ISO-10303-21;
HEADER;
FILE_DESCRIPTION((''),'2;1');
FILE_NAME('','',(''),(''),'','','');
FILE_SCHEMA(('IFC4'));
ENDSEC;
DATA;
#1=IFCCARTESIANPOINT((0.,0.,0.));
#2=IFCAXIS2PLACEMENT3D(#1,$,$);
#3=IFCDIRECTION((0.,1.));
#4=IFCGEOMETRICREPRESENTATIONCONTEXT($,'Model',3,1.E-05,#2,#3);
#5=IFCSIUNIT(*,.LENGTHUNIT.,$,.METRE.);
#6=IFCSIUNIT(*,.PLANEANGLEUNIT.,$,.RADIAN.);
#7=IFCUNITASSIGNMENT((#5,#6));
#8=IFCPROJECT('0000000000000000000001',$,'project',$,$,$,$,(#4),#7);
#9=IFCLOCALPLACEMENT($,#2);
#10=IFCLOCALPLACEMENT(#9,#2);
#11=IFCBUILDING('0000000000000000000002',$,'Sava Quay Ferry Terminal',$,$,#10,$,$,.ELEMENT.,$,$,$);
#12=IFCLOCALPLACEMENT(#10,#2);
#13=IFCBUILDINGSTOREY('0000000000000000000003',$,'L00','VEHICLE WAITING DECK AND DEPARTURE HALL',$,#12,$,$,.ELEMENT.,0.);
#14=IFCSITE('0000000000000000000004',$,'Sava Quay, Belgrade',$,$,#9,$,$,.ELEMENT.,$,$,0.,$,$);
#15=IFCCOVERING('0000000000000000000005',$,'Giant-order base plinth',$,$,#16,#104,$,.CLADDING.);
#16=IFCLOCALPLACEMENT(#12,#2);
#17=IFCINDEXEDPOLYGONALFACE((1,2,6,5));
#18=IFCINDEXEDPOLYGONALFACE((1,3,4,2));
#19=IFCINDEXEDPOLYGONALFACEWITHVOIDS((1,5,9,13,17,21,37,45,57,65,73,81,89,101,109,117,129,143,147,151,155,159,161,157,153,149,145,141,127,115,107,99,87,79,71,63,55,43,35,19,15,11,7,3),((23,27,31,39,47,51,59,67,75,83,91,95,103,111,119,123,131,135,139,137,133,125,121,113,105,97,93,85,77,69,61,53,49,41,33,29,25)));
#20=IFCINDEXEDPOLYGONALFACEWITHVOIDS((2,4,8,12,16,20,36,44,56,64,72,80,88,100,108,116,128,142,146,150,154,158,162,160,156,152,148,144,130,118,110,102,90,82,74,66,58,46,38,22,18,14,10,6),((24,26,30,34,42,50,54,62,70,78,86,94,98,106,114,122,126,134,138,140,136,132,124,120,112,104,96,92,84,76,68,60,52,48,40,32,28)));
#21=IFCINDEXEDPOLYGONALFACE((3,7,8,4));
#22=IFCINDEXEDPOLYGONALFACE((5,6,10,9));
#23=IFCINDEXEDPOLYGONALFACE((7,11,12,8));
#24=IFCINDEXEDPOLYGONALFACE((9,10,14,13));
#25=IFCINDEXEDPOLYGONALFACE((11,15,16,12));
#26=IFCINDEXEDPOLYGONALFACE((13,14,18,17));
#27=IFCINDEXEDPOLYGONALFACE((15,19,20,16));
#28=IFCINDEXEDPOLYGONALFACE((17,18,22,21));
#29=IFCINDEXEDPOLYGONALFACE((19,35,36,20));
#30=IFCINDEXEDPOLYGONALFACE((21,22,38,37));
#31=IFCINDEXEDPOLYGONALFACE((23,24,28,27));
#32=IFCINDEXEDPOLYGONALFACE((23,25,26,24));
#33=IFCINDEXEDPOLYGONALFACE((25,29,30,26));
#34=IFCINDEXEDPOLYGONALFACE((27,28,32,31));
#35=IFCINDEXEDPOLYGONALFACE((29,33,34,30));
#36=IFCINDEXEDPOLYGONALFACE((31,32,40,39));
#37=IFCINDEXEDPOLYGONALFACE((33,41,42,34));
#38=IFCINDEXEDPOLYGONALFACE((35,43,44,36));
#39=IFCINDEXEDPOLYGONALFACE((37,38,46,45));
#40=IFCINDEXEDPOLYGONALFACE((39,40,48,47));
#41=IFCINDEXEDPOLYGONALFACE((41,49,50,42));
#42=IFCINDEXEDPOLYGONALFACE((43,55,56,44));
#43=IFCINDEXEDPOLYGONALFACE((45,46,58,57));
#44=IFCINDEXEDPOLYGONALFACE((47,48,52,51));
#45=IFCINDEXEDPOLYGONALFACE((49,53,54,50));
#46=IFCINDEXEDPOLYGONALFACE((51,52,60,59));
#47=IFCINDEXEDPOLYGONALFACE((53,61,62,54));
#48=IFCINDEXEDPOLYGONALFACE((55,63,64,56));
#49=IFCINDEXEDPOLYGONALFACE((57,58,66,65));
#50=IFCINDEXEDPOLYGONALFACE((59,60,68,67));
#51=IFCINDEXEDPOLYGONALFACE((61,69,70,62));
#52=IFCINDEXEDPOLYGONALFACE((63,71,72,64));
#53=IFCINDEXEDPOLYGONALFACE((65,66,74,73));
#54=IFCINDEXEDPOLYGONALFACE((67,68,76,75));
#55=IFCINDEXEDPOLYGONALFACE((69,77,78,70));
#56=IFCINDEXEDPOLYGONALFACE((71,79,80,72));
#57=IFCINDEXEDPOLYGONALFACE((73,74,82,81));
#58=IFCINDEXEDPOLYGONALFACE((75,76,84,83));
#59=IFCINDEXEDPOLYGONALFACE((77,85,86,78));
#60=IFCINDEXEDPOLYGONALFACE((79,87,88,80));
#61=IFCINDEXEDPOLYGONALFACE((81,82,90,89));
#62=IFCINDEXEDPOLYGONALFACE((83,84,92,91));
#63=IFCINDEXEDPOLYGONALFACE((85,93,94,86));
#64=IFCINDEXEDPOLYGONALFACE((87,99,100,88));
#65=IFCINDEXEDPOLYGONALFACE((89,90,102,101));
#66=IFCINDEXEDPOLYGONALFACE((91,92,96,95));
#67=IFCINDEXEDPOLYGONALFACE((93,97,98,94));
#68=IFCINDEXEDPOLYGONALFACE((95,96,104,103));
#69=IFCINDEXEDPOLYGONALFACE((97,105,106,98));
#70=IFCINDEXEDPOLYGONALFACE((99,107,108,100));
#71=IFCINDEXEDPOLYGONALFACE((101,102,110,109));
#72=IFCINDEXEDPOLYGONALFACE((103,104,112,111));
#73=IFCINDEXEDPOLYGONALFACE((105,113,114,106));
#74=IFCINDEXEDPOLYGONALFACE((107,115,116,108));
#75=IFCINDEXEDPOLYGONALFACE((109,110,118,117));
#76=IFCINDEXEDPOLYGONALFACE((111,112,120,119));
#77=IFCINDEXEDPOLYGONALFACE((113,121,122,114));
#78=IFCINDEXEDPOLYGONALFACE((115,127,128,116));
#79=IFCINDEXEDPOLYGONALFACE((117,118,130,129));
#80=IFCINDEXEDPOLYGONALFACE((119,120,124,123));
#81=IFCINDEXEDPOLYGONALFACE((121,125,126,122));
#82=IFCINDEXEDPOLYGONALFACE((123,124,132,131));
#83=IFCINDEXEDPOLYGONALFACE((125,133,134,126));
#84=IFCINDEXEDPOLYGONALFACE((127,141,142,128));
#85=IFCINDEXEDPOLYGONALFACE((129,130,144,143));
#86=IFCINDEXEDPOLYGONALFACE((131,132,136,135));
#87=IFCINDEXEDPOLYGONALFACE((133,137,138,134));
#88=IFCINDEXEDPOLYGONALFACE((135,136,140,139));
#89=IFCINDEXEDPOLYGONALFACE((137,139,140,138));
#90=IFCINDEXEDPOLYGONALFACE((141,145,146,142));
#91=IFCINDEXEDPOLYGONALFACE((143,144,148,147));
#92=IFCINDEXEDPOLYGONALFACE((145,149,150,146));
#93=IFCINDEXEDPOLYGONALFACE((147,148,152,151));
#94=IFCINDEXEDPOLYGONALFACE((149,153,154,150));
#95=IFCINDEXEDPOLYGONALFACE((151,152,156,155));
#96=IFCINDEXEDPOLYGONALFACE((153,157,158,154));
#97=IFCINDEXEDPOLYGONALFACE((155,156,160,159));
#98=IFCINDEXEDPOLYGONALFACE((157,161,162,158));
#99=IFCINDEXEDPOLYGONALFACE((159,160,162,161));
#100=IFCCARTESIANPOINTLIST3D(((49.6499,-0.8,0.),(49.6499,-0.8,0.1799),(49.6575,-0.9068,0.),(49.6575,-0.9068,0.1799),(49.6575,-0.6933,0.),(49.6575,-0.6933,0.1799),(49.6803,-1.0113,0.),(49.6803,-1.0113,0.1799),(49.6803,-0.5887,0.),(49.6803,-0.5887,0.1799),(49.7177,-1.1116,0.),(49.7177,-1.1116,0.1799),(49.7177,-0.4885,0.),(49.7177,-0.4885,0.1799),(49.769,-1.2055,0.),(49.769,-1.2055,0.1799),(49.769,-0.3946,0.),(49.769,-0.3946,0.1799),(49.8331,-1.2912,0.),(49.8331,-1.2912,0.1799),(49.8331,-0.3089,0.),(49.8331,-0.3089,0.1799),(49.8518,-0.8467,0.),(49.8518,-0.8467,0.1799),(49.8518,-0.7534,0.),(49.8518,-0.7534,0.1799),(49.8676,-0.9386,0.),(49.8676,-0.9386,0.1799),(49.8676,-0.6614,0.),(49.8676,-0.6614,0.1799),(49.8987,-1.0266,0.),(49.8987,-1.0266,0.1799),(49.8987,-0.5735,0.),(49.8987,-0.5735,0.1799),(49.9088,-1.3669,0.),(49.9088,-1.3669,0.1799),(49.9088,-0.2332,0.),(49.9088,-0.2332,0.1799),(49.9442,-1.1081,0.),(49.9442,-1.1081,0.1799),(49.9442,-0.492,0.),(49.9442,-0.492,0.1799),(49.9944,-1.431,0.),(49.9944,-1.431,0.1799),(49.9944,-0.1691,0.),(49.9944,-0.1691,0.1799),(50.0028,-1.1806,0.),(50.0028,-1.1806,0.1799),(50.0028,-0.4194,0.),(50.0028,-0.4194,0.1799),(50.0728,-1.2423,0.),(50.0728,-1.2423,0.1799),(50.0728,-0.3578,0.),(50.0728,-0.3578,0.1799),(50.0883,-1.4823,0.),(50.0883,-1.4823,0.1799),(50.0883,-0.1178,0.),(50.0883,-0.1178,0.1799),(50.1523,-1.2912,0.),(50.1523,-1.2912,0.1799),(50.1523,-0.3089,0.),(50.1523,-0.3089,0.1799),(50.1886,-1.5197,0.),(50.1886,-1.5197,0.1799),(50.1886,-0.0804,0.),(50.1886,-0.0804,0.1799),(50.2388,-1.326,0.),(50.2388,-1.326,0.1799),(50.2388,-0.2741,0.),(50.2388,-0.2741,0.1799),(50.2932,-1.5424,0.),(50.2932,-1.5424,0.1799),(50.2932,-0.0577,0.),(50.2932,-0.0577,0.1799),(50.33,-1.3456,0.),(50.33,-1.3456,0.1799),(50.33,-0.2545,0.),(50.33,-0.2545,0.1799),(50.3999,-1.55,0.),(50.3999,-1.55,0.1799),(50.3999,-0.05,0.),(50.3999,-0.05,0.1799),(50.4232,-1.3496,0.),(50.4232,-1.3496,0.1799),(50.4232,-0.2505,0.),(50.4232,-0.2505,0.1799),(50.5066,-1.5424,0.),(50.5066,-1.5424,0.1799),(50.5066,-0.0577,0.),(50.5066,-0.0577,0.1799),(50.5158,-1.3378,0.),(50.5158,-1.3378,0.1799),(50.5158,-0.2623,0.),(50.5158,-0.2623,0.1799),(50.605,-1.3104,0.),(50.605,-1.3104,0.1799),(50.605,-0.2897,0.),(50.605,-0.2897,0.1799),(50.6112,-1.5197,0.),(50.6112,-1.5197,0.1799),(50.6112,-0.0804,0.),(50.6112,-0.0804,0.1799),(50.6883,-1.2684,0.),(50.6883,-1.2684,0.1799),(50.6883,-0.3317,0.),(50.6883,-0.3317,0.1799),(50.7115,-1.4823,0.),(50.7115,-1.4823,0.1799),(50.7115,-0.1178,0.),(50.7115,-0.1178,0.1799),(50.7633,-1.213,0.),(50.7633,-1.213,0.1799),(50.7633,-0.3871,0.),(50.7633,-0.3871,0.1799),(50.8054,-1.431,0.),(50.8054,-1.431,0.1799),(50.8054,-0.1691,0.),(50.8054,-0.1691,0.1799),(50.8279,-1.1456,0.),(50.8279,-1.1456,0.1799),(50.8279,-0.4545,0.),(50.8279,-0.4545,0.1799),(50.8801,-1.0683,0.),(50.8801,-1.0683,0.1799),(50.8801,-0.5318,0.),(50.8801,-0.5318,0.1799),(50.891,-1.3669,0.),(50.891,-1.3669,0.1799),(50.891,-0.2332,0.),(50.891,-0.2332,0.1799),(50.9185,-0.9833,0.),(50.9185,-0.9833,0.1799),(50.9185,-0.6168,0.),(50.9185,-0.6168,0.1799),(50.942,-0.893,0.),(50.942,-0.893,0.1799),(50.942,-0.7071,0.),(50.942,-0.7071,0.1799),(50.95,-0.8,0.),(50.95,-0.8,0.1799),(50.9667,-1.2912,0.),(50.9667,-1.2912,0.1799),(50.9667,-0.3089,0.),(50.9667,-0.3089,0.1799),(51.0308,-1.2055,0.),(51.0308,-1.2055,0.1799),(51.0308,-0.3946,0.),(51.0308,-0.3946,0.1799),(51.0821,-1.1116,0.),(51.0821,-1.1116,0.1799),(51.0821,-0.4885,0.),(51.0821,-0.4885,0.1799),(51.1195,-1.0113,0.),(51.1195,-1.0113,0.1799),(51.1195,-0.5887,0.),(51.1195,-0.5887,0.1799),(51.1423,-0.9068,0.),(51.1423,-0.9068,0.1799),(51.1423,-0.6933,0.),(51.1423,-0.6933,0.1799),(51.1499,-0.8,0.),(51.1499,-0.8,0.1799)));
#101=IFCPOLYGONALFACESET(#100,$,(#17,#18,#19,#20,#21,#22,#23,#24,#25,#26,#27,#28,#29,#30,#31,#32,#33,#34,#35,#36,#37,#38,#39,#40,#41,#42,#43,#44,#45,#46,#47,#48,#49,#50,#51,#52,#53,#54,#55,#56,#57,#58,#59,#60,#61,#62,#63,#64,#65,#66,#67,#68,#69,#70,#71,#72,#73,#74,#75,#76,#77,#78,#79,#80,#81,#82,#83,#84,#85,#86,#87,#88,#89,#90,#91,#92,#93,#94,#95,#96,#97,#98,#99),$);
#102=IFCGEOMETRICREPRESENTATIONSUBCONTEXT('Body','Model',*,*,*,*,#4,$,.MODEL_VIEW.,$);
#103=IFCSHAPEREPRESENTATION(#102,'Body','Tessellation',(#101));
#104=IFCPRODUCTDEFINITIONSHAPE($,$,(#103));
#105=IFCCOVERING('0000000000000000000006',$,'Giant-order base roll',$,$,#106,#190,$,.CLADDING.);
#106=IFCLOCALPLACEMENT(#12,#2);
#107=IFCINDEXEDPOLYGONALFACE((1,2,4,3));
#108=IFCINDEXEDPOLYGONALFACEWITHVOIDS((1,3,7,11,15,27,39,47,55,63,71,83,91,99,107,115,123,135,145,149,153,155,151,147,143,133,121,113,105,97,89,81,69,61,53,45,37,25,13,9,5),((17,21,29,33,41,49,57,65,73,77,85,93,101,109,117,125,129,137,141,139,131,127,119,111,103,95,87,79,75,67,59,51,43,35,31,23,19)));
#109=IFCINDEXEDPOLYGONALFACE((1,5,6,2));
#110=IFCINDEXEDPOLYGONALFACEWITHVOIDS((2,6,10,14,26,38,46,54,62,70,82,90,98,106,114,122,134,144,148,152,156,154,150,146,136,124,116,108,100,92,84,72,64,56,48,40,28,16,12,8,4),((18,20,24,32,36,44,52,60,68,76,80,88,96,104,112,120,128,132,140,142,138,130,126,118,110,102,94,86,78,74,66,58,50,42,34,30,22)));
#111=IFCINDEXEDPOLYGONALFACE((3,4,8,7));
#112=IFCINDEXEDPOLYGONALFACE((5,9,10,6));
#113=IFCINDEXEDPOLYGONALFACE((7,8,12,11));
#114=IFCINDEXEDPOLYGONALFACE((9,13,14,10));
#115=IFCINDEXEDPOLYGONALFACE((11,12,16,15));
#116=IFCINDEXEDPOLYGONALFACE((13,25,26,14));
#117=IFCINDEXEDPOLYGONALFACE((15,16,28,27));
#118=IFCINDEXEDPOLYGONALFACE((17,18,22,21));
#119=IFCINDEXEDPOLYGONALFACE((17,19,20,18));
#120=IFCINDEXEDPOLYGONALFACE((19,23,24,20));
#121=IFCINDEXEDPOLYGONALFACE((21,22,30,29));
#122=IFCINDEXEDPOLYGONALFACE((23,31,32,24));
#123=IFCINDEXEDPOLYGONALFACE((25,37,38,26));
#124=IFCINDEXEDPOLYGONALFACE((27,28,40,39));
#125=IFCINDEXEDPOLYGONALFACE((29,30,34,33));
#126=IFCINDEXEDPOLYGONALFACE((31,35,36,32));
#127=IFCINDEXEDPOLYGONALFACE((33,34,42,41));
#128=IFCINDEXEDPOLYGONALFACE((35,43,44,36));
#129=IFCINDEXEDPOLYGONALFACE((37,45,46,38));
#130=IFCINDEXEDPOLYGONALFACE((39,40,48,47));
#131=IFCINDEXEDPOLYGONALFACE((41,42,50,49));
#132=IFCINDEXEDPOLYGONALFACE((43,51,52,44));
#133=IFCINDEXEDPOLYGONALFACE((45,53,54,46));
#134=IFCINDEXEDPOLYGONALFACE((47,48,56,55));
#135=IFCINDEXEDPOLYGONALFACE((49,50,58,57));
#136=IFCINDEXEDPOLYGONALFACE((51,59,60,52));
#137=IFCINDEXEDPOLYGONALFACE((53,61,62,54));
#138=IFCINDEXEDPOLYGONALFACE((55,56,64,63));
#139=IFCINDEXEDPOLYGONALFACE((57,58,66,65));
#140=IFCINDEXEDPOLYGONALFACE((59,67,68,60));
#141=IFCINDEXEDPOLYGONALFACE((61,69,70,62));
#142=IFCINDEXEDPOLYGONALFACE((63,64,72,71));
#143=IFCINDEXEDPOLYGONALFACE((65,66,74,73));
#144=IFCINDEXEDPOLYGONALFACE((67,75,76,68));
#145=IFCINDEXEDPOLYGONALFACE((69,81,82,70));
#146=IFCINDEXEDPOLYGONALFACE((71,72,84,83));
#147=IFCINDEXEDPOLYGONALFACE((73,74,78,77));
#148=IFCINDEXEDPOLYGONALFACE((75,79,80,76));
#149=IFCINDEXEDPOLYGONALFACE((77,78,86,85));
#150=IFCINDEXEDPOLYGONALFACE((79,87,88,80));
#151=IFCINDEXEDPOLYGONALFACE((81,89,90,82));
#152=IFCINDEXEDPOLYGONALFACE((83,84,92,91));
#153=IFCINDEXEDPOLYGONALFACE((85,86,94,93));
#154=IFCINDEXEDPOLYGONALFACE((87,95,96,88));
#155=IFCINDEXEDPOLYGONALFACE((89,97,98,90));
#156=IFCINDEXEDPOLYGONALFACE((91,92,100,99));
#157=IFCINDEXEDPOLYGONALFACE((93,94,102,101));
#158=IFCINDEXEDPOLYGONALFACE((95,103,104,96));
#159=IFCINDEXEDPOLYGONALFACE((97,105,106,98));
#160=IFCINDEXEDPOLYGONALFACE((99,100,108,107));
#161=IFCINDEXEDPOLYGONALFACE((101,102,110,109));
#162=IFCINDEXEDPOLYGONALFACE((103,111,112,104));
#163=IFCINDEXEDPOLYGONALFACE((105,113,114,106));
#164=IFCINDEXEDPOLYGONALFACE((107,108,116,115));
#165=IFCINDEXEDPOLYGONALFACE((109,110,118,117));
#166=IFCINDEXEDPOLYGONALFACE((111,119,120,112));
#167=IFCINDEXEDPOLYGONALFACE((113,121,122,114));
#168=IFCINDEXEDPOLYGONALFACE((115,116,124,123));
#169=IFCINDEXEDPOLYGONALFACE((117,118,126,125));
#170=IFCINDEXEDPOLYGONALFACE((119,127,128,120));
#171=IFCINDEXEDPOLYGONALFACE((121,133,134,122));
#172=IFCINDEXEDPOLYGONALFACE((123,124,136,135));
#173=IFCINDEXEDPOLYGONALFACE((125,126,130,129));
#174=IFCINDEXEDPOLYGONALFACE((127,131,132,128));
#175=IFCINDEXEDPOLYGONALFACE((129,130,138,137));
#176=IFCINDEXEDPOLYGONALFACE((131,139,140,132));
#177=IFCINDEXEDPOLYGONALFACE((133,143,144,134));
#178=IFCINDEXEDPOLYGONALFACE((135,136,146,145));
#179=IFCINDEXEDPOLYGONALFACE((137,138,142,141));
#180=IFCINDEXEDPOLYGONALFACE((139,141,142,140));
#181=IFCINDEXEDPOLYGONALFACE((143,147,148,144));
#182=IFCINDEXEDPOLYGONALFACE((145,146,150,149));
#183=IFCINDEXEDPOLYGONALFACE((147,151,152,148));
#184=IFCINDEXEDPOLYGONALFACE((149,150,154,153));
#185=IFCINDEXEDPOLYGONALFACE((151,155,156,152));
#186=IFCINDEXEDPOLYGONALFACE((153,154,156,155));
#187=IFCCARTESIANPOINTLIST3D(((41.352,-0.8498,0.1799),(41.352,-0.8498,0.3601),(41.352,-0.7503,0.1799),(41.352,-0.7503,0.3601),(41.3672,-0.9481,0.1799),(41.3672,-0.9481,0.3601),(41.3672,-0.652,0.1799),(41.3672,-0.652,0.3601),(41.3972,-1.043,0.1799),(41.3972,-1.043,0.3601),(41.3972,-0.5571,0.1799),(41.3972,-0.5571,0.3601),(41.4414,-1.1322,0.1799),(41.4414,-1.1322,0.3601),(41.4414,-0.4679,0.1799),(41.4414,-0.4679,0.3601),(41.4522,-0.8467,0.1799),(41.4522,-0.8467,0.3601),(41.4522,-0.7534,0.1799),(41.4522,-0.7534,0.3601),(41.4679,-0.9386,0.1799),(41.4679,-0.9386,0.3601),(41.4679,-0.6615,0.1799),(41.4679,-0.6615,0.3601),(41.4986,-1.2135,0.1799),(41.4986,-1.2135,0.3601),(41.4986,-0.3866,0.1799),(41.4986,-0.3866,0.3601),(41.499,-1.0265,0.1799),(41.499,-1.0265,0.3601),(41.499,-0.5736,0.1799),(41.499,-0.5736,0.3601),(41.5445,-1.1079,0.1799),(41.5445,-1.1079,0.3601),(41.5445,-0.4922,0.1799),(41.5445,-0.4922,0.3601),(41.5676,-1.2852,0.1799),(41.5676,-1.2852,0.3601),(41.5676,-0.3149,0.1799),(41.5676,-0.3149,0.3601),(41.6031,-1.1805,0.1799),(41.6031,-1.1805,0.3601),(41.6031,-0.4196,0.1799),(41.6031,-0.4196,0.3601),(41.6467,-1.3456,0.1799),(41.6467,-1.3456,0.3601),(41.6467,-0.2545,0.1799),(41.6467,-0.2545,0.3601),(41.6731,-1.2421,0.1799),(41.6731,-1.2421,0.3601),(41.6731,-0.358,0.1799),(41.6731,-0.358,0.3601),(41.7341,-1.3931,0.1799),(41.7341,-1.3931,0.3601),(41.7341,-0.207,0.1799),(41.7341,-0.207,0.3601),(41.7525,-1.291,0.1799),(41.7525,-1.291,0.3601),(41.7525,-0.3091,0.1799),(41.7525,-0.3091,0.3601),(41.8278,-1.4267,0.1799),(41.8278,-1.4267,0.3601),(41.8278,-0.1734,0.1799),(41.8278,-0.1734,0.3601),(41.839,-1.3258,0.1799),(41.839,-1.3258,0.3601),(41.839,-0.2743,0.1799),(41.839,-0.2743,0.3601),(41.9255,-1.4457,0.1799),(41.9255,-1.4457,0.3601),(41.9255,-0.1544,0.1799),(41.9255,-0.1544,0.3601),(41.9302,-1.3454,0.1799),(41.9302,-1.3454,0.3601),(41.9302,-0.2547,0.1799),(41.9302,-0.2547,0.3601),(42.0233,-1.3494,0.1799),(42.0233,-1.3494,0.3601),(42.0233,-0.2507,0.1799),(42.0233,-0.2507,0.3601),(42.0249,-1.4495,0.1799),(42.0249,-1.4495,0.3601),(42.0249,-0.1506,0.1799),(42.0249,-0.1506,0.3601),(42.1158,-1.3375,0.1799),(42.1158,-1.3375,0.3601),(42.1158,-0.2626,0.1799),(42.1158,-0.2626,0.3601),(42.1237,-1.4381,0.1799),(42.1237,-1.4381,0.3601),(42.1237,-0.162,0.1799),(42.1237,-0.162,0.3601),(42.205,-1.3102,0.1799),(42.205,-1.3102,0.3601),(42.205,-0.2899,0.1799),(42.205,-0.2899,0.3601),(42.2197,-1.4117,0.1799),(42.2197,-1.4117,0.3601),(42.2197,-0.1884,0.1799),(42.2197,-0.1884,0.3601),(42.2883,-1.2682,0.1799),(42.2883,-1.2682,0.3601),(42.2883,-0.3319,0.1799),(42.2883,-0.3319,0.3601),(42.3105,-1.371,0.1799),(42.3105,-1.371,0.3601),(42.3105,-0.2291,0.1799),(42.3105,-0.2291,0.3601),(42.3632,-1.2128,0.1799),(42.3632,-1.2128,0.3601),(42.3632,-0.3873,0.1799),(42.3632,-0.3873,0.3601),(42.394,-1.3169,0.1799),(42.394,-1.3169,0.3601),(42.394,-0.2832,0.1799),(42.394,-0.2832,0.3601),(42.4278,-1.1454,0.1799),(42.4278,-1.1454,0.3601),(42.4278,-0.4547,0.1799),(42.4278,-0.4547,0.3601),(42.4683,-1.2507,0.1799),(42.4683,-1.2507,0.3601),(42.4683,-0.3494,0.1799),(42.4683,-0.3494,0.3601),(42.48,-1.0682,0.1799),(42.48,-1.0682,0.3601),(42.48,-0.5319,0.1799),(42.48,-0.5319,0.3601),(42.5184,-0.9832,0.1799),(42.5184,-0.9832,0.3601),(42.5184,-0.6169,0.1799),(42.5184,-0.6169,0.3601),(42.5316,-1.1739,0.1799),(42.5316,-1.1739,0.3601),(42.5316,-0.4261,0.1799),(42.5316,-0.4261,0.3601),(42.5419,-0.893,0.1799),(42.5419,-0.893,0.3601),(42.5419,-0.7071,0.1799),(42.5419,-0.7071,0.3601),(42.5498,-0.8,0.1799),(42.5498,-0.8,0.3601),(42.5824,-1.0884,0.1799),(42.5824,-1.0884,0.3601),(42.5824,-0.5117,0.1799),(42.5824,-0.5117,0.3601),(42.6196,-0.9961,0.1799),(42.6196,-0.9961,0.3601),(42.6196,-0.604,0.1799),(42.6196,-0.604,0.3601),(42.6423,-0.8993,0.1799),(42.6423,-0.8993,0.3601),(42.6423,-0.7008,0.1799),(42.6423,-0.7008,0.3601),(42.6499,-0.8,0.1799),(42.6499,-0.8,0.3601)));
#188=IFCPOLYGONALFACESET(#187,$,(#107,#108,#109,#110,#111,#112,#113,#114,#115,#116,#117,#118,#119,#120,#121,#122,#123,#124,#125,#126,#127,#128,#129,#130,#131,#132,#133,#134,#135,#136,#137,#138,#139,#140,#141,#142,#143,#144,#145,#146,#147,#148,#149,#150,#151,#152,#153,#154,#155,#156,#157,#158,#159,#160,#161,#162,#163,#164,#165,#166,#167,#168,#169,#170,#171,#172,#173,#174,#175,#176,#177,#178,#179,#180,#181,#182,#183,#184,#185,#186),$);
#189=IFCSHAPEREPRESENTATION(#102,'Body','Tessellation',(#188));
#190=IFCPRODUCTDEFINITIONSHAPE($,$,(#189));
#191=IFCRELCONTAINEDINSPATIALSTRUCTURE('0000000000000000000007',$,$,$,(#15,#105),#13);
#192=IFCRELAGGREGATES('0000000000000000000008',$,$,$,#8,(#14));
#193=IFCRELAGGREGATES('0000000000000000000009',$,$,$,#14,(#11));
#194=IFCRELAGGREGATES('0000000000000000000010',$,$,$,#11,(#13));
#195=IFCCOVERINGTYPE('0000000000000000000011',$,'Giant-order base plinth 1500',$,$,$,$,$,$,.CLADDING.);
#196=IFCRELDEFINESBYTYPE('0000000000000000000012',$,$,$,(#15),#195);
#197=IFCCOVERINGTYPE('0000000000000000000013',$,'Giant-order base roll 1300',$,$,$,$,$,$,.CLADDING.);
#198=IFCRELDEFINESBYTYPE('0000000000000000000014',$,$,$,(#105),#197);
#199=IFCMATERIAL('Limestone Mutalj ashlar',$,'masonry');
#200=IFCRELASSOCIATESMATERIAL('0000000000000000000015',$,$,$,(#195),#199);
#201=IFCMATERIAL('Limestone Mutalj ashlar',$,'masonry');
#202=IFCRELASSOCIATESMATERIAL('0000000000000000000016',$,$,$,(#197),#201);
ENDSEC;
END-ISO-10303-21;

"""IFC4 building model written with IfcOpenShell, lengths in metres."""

from ifc_helpers import new_model, si_unit, direction, frame, origin, origin_2d, place, context, subcontext, project, spatial, hollow_circle, extrude, material, material_profile, profile_set, type_object, element, save


model = new_model("IFC4")

# Units and contexts
model_context = context("Model", 3, precision=1e-05, world=origin(), true_north=direction((0.0, 1.0)))
body_context = subcontext(model_context, "Body", "Model", "MODEL_VIEW")
ifc_project = project(units=[si_unit("LENGTHUNIT", "METRE"), si_unit("PLANEANGLEUNIT", "RADIAN")], contexts=[model_context])

# Site, building, storey
site_placement = place(None, origin())
site = spatial("IfcSite", under=ifc_project, at=site_placement, Name="Sava Quay, Belgrade", CompositionType="ELEMENT", RefElevation=0.0)
building_placement = place(site_placement, origin())
building = spatial("IfcBuilding", under=site, at=building_placement, Name="Sava Quay Ferry Terminal", CompositionType="ELEMENT")
storey_placement = place(building_placement, origin())
storey = spatial("IfcBuildingStorey", under=building, at=storey_placement, Name="L00", Description="VEHICLE WAITING DECK AND DEPARTURE HALL", CompositionType="ELEMENT", Elevation=0.0)

# Coverings
ifc_material_1 = material(Name="Limestone Mutalj ashlar", Category="masonry")
ifc_material_profile_1 = material_profile(ifc_material_1, hollow_circle(Radius=0.75, WallThickness=0.2, at=origin_2d()), Name="Base plinth 1500")
ifc_profile_set_1 = profile_set([ifc_material_profile_1], Name="Limestone Mutalj ashlar")
covering_type_1 = type_object("IfcCoveringType", Name="Giant-order base plinth 1500", PredefinedType="CLADDING", material=ifc_profile_set_1)
for number, where, z_axis, x_axis, name in (
    (1, (50.3999, -0.8, 0.0), (0.0, 0.0, 1.0), (1.0, 0.0, 0.0), "Giant-order base plinth"),
):
    element("IfcCovering", number, at=place(storey_placement, frame(where, z_axis=z_axis, x_axis=x_axis)), inside=storey, type_object=covering_type_1, Name=name, PredefinedType="CLADDING", context=body_context, shape_type="SweptSolid", body=[
        extrude(hollow_circle(Radius=0.75, WallThickness=0.2, at=origin_2d()), origin(), (0.0, 0.0, 1.0), 0.1799),
    ])
ifc_material_2 = material(Name="Limestone Mutalj ashlar", Category="masonry")
ifc_material_profile_2 = material_profile(ifc_material_2, hollow_circle(Radius=0.6499, WallThickness=0.1001, at=origin_2d()), Name="Base roll 1300")
ifc_profile_set_2 = profile_set([ifc_material_profile_2], Name="Limestone Mutalj ashlar")
covering_type_2 = type_object("IfcCoveringType", Name="Giant-order base roll 1300", PredefinedType="CLADDING", material=ifc_profile_set_2)
for number, where, z_axis, x_axis, name in (
    (2, (42.0, -0.8, 0.1799), (0.0, 0.0, 1.0), (1.0, 0.0, 0.0), "Giant-order base roll"),
):
    element("IfcCovering", number, at=place(storey_placement, frame(where, z_axis=z_axis, x_axis=x_axis)), inside=storey, type_object=covering_type_2, Name=name, PredefinedType="CLADDING", context=body_context, shape_type="SweptSolid", body=[
        extrude(hollow_circle(Radius=0.6499, WallThickness=0.1001, at=origin_2d()), origin(), (0.0, 0.0, 1.0), 0.1802),
    ])

save(model, "model.ifc")
